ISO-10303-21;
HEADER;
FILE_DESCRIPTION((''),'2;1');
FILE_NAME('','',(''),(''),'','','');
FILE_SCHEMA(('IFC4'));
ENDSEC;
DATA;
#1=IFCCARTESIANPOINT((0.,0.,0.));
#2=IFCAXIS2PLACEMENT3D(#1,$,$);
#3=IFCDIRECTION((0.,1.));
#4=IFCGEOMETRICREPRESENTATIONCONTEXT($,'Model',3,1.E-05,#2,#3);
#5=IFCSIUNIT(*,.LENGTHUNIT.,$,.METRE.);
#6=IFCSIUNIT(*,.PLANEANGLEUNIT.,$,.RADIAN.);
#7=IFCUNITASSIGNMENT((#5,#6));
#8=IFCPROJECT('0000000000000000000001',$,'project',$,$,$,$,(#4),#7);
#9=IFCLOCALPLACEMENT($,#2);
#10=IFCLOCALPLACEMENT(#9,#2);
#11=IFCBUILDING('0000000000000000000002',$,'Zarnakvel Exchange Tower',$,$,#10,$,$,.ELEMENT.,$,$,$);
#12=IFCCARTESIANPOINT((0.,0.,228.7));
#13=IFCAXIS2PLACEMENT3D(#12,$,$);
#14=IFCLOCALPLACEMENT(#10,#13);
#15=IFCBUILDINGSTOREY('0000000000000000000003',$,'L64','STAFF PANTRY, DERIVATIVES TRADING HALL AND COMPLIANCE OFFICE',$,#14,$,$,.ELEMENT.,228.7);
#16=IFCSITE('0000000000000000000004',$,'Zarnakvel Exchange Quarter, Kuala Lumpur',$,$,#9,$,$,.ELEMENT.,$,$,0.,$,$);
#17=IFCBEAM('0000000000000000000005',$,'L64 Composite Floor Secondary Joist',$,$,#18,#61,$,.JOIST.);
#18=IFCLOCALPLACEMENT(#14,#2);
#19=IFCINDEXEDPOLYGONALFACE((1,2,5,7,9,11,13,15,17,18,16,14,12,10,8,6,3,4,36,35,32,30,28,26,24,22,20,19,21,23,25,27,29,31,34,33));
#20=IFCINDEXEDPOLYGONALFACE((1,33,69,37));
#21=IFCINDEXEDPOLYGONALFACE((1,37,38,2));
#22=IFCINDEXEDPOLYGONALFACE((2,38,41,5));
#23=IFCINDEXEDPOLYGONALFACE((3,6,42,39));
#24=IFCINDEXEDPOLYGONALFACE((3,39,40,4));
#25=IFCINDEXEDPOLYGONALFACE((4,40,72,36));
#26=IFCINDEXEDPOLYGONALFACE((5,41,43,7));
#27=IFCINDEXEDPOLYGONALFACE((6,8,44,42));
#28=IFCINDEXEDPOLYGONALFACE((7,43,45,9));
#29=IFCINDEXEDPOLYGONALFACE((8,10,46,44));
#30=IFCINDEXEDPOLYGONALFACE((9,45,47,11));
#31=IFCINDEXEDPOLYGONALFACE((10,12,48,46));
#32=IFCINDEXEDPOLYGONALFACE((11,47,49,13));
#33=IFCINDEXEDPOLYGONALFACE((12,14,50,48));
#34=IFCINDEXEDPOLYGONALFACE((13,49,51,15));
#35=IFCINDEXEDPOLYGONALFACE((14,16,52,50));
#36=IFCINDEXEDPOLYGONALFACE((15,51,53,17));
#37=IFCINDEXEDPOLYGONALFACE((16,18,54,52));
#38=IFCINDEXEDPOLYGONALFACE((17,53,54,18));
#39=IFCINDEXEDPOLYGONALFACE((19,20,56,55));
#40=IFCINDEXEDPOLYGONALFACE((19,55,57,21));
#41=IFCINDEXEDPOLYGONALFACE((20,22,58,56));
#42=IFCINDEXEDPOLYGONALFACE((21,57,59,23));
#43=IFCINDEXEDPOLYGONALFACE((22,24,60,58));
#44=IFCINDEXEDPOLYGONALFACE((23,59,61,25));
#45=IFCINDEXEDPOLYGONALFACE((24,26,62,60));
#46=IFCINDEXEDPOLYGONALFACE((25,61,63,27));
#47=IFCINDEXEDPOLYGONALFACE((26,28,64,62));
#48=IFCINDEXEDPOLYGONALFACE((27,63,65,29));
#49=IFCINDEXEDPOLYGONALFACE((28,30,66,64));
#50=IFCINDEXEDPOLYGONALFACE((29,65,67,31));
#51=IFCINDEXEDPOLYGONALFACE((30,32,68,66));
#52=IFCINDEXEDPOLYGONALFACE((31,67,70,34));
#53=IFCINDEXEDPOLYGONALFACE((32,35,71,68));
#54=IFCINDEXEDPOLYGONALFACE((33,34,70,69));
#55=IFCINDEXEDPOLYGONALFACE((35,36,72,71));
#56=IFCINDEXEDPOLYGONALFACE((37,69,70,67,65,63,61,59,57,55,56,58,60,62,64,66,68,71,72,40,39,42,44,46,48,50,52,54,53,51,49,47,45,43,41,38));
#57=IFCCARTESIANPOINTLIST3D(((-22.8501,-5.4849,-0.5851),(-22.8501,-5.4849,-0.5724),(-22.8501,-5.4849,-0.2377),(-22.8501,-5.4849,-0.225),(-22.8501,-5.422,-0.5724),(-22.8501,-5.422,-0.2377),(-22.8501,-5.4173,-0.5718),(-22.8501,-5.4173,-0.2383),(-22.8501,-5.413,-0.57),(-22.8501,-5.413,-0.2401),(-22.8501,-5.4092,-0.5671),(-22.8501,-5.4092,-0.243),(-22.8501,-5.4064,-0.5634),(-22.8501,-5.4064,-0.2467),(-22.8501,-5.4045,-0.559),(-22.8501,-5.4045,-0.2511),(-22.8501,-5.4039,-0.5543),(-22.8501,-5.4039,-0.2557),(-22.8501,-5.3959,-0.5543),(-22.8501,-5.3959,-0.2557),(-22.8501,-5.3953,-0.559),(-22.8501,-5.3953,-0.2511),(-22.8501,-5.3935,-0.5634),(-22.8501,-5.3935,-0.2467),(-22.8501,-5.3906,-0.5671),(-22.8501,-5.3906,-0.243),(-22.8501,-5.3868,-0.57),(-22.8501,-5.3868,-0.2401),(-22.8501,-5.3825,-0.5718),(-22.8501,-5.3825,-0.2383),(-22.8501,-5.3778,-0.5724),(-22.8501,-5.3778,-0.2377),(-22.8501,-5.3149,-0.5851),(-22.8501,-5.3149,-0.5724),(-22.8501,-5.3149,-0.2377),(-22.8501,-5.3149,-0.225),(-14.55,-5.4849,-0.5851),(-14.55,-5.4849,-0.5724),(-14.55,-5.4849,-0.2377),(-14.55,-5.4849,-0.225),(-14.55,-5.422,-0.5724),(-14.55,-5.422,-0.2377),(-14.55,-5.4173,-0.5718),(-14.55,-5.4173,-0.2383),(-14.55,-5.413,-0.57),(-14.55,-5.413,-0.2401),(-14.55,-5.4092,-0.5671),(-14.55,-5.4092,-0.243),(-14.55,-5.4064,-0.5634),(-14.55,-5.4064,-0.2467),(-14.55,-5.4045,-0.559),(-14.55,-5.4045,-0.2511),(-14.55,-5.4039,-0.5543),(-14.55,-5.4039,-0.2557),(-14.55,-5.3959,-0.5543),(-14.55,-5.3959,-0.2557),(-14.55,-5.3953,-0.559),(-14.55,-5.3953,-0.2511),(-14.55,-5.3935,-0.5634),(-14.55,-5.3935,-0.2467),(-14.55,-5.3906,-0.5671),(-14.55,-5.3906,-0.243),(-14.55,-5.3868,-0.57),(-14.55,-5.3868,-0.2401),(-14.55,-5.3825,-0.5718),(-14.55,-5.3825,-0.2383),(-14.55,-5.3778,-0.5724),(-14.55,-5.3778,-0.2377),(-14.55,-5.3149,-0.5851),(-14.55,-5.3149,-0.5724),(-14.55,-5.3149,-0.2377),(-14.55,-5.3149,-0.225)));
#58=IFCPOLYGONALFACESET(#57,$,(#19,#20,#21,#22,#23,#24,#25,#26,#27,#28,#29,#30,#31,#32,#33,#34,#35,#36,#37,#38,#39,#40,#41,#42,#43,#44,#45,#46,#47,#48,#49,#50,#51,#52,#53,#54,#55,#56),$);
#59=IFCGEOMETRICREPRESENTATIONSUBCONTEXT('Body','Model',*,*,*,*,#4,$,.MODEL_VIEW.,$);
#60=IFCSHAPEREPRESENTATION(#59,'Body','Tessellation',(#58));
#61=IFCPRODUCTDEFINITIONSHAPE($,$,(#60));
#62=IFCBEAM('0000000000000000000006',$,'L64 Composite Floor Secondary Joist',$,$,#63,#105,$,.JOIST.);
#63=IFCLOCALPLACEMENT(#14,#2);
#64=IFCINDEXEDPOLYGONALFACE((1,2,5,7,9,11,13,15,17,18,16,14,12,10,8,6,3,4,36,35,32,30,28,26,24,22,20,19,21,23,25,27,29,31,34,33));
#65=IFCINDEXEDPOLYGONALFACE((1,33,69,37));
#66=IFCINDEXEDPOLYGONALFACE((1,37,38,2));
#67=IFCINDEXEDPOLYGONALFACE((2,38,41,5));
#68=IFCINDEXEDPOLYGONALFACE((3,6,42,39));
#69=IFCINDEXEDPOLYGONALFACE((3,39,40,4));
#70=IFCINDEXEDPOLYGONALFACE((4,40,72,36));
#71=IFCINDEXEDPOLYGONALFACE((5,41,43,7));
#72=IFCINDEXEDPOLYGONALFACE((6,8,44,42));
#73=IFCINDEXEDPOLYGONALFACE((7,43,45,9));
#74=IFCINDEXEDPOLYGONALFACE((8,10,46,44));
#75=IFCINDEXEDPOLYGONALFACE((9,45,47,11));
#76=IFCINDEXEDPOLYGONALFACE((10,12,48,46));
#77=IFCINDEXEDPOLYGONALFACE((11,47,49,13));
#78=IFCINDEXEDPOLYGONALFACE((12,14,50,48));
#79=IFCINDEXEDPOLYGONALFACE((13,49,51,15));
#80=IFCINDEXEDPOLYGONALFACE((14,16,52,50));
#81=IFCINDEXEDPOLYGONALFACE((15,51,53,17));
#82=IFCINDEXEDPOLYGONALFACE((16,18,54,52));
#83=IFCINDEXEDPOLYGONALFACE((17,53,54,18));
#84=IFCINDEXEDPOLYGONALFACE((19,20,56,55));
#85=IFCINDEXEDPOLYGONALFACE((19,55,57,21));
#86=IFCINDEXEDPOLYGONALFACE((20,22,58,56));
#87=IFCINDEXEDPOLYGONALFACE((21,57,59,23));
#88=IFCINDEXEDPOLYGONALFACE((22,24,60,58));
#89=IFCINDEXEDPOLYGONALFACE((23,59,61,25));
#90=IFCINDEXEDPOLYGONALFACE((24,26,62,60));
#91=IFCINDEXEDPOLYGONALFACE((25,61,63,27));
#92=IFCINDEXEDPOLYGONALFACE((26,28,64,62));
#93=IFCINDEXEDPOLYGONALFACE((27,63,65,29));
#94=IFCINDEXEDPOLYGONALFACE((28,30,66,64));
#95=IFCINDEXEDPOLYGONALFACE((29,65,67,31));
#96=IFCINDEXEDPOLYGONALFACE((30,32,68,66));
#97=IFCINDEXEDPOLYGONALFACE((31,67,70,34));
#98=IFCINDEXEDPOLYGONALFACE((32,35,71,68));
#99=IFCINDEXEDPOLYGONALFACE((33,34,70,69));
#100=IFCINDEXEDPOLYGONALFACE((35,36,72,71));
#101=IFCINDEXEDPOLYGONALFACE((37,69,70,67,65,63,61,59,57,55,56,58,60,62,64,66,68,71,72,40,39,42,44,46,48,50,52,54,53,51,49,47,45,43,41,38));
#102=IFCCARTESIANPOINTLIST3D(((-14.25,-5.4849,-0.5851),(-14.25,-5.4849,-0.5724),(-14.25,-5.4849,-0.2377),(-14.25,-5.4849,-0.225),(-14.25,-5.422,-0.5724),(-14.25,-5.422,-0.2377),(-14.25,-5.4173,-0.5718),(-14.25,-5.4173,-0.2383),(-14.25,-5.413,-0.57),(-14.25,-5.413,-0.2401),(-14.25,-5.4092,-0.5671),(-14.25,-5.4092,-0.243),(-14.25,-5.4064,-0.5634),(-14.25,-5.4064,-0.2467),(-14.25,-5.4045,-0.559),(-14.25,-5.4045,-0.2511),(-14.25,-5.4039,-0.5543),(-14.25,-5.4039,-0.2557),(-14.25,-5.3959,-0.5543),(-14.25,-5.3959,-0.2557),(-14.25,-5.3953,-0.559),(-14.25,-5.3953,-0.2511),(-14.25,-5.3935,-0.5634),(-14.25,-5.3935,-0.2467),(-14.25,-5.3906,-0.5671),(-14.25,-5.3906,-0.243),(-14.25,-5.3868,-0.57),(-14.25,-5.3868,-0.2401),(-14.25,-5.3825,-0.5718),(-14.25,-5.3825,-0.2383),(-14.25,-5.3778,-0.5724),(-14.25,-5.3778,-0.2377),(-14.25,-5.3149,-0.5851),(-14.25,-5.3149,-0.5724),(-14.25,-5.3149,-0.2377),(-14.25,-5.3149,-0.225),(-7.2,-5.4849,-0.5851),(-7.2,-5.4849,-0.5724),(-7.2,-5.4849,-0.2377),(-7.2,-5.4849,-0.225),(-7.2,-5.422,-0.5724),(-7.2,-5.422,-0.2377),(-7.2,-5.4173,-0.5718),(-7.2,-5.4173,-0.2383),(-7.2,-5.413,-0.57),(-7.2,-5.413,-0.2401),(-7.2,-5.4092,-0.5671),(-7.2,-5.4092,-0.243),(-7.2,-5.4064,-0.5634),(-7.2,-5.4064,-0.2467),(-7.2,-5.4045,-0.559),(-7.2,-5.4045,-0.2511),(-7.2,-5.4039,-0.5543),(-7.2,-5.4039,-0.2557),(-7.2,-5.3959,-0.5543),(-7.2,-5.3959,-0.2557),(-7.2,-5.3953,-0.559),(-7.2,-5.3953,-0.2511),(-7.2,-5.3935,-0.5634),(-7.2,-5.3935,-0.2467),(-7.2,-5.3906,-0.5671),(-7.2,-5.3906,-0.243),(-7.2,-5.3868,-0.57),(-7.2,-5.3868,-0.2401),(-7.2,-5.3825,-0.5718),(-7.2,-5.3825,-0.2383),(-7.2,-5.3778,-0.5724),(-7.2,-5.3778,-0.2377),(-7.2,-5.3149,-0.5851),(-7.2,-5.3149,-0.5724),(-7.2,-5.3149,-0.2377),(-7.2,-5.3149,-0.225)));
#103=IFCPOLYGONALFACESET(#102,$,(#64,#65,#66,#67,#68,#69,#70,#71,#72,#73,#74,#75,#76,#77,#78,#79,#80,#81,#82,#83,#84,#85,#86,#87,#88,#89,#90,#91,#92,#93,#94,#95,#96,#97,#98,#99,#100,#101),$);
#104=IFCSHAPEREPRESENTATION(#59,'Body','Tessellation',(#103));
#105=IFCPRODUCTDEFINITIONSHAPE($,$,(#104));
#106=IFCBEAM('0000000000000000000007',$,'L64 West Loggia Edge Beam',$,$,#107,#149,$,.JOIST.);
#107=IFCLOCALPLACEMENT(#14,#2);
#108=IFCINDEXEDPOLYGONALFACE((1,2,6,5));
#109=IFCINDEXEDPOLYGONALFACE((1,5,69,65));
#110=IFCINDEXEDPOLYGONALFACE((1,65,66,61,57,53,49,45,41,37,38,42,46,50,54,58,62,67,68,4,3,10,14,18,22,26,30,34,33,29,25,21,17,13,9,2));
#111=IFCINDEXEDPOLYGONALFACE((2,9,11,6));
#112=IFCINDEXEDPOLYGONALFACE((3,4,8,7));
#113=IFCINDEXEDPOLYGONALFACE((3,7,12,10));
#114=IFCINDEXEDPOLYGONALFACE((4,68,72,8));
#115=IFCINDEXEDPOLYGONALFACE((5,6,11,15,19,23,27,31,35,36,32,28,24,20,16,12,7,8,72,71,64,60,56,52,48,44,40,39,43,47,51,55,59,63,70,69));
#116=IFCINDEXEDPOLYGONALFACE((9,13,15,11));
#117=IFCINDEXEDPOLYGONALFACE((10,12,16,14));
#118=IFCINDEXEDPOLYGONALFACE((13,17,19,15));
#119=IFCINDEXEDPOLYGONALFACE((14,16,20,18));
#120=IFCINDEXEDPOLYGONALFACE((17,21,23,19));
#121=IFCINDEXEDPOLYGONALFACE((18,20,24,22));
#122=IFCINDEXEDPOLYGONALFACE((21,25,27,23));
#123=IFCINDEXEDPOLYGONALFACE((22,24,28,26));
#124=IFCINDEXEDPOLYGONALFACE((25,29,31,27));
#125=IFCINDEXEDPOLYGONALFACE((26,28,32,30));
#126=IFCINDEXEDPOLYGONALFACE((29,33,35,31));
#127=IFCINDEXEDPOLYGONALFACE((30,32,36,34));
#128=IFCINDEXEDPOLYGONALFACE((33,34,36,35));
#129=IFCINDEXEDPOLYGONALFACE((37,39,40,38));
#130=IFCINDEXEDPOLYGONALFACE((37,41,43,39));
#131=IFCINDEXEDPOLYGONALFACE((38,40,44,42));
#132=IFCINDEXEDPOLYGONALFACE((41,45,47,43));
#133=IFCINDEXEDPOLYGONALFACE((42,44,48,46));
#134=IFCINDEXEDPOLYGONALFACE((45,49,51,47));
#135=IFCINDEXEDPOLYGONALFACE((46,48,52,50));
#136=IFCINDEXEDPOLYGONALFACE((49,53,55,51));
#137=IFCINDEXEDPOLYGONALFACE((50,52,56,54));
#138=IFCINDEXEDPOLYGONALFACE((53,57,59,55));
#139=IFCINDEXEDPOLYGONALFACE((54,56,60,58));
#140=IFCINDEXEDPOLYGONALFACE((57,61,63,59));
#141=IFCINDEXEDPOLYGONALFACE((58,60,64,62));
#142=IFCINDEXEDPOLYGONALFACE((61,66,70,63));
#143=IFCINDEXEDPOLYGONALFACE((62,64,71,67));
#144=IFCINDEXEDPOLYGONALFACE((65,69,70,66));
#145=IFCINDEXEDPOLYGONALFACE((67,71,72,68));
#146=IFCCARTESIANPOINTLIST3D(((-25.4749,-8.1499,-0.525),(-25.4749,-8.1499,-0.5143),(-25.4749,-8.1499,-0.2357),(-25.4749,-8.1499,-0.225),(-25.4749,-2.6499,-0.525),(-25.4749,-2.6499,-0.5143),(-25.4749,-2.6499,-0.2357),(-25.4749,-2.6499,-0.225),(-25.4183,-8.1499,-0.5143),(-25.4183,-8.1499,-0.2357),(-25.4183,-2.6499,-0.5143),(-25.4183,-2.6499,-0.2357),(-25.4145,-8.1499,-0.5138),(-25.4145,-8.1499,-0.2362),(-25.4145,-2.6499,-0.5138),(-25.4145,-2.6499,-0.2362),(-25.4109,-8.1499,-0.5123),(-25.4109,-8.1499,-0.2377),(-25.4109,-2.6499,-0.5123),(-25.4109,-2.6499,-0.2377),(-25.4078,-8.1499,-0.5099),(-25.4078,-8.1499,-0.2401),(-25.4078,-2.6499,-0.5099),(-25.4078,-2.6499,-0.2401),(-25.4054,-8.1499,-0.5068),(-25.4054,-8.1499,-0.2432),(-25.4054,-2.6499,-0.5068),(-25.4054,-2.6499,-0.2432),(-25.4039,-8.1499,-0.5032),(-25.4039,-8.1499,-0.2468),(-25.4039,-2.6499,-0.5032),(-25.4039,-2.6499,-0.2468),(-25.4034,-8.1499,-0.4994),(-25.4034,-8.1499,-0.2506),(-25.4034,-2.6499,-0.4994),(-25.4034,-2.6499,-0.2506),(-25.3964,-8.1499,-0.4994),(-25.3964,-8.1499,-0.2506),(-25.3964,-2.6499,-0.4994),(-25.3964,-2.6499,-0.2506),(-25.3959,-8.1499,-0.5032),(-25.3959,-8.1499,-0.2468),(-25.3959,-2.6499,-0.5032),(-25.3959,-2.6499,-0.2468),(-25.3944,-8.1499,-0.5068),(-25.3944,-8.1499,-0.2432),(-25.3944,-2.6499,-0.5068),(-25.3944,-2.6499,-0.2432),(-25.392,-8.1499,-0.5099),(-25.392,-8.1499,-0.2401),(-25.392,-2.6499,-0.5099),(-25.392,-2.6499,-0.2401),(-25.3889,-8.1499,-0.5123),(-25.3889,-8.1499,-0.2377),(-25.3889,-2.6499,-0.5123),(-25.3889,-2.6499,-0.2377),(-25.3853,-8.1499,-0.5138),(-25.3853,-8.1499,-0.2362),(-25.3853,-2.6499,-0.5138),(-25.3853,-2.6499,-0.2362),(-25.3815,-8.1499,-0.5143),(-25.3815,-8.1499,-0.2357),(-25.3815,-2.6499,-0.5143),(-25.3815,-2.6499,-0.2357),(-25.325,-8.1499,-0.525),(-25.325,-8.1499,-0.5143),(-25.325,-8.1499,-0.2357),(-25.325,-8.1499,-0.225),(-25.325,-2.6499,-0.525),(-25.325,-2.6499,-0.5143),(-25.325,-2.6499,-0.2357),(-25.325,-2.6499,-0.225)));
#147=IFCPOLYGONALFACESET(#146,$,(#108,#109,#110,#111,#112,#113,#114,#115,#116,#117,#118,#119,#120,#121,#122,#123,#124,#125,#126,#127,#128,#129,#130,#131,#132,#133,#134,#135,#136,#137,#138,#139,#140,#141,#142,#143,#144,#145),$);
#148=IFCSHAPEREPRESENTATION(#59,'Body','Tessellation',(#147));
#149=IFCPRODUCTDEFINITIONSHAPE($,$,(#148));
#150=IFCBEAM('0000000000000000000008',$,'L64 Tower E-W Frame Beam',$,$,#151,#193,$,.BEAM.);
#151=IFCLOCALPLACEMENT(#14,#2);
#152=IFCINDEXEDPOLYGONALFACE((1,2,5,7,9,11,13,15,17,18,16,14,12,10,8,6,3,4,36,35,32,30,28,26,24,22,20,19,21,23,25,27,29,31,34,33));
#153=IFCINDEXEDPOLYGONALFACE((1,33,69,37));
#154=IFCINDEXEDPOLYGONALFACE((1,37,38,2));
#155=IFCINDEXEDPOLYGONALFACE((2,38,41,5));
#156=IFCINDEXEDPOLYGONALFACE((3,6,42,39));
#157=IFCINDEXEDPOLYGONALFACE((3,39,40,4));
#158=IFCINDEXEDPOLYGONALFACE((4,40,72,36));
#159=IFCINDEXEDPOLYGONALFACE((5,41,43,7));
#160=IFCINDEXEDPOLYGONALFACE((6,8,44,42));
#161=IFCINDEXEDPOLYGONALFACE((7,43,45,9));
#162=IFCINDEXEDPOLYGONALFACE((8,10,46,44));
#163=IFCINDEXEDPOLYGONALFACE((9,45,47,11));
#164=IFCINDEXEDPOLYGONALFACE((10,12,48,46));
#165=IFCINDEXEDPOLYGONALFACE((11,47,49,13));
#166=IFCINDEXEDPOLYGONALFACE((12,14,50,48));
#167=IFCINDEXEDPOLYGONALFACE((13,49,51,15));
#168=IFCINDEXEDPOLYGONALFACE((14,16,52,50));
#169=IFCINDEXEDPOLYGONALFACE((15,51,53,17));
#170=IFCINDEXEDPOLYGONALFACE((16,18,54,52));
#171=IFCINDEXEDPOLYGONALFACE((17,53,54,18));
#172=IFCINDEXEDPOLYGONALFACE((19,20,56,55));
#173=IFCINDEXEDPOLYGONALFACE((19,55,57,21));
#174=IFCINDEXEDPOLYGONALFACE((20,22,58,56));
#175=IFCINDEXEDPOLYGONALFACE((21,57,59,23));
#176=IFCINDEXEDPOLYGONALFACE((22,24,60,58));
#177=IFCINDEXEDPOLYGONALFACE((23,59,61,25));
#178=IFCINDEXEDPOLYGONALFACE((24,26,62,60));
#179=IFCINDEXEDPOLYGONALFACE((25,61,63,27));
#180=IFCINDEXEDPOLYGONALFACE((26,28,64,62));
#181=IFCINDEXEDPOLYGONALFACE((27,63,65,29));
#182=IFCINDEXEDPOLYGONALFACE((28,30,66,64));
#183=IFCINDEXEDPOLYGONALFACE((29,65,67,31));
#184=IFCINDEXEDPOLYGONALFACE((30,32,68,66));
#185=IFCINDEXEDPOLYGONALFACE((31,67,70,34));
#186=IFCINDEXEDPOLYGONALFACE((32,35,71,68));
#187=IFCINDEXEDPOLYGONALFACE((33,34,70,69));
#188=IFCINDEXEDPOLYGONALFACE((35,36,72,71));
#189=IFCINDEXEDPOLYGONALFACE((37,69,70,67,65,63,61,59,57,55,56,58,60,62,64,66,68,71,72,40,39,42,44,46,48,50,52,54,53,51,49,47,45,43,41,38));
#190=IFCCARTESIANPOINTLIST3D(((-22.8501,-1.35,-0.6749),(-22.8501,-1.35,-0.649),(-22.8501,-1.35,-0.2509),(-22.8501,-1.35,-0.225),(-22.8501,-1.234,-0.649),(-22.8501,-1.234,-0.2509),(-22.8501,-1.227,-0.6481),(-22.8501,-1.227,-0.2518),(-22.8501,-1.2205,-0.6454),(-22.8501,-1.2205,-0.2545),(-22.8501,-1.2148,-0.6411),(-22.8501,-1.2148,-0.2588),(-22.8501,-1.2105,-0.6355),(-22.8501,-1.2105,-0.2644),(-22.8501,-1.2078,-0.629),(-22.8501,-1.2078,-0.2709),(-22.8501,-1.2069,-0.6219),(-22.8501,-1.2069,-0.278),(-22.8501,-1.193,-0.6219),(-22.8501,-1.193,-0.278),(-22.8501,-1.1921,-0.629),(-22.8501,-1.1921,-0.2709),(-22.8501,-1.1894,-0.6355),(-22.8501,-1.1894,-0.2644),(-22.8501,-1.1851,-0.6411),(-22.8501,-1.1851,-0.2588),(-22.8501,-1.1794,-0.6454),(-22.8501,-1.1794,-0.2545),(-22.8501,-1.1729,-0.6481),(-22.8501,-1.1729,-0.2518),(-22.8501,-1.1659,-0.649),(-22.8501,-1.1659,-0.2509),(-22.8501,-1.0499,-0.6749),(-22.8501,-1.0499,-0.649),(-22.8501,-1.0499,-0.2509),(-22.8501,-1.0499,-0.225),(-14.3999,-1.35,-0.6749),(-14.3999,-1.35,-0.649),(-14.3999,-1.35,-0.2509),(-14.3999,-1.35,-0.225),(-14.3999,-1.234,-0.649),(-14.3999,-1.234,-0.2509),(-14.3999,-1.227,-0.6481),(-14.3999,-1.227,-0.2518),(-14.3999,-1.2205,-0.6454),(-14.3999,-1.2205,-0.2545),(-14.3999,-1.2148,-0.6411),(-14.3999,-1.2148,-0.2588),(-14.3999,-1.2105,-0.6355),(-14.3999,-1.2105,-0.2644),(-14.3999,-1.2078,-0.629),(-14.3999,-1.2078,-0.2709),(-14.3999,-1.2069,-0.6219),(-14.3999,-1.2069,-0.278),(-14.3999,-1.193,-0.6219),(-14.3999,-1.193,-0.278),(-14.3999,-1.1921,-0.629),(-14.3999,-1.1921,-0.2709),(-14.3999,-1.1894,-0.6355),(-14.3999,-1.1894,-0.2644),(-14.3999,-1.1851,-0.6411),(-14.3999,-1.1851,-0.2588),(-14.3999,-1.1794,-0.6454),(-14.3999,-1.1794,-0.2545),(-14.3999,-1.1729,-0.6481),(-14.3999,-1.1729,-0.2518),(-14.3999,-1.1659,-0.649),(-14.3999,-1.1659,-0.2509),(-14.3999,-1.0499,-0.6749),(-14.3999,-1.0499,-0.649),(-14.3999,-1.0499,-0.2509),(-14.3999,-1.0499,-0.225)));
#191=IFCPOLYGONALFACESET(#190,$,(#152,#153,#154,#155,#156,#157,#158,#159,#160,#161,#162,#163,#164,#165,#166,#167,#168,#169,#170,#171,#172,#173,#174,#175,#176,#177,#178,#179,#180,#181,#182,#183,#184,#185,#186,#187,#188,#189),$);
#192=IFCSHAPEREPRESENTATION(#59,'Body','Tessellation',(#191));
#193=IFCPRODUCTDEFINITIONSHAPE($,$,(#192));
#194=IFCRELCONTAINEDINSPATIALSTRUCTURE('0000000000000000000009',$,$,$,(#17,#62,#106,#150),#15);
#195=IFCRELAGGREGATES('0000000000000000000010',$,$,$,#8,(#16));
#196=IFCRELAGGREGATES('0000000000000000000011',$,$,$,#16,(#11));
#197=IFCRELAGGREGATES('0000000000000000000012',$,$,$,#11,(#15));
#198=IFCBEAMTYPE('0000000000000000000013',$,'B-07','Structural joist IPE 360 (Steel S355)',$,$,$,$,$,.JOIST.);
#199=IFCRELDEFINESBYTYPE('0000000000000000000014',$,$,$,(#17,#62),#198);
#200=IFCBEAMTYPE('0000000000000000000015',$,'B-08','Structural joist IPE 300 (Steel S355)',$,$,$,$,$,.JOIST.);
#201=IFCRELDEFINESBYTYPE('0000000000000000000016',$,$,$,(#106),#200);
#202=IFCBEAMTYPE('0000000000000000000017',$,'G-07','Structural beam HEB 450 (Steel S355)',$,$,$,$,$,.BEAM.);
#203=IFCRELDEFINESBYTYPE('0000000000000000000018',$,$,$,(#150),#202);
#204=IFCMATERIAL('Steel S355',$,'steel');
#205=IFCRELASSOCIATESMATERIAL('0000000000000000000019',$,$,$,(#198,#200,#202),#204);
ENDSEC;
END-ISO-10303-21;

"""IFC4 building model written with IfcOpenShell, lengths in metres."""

from ifc_helpers import new_model, si_unit, direction, frame, origin, origin_2d, place, context, subcontext, project, spatial, i_section, extrude, material, material_profile, profile_set, type_object, element, save


model = new_model("IFC4")

# Units and contexts
model_context = context("Model", 3, precision=1e-05, world=origin(), true_north=direction((0.0, 1.0)))
body_context = subcontext(model_context, "Body", "Model", "MODEL_VIEW")
ifc_project = project(units=[si_unit("LENGTHUNIT", "METRE"), si_unit("PLANEANGLEUNIT", "RADIAN")], contexts=[model_context])

# Site, building, storey
site_placement = place(None, origin())
site = spatial("IfcSite", under=ifc_project, at=site_placement, Name="Zarnakvel Exchange Quarter, Kuala Lumpur", CompositionType="ELEMENT", RefElevation=0.0)
building_placement = place(site_placement, origin())
building = spatial("IfcBuilding", under=site, at=building_placement, Name="Zarnakvel Exchange Tower", CompositionType="ELEMENT")
storey_placement = place(building_placement, frame((0.0, 0.0, 228.7)))
storey = spatial("IfcBuildingStorey", under=building, at=storey_placement, Name="L64", Description="STAFF PANTRY, DERIVATIVES TRADING HALL AND COMPLIANCE OFFICE", CompositionType="ELEMENT", Elevation=228.7)

# Shared definitions
ifc_material_1 = material(Name="Steel S355", Category="steel")

# Beams
ifc_material_profile_1 = material_profile(ifc_material_1, i_section(OverallWidth=0.1699, OverallDepth=0.3601, WebThickness=0.0081, FlangeThickness=0.0127, FilletRadius=0.0181, at=origin_2d()))
ifc_profile_set_1 = profile_set([ifc_material_profile_1], Name="Steel S355")
beam_type_1 = type_object("IfcBeamType", Name="B-07", Description="Structural joist IPE 360 (Steel S355)", PredefinedType="JOIST", material=ifc_profile_set_1)
beam_1_placement = place(storey_placement, frame((-22.8501, -5.3999, -0.405), z_axis=(1.0, 0.0, 0.0), x_axis=(0.0, 1.0, 0.0)))
element("IfcBeam", 1, at=beam_1_placement, inside=storey, type_object=beam_type_1, Name="L64 Composite Floor Secondary Joist", PredefinedType="JOIST", context=body_context, shape_type="SweptSolid", body=[
    extrude(i_section(OverallWidth=0.1699, OverallDepth=0.3601, WebThickness=0.0081, FlangeThickness=0.0127, FilletRadius=0.0181, at=origin_2d()), origin(), (0.0, 0.0, 1.0), 8.3),
])
beam_2_placement = place(storey_placement, frame((-14.25, -5.3999, -0.405), z_axis=(1.0, 0.0, 0.0), x_axis=(0.0, 1.0, 0.0)))
element("IfcBeam", 2, at=beam_2_placement, inside=storey, type_object=beam_type_1, Name="L64 Composite Floor Secondary Joist", PredefinedType="JOIST", context=body_context, shape_type="SweptSolid", body=[
    extrude(i_section(OverallWidth=0.1699, OverallDepth=0.3601, WebThickness=0.0081, FlangeThickness=0.0127, FilletRadius=0.0181, at=origin_2d()), origin(), (0.0, 0.0, 1.0), 7.05),
])
ifc_material_profile_2 = material_profile(ifc_material_1, i_section(OverallWidth=0.1499, OverallDepth=0.3, WebThickness=0.0071, FlangeThickness=0.0107, FilletRadius=0.0149, at=origin_2d()))
ifc_profile_set_2 = profile_set([ifc_material_profile_2], Name="Steel S355")
beam_type_2 = type_object("IfcBeamType", Name="B-08", Description="Structural joist IPE 300 (Steel S355)", PredefinedType="JOIST", material=ifc_profile_set_2)
beam_3_placement = place(storey_placement, frame((-25.3999, -8.1499, -0.375), z_axis=(0.0, 1.0, 0.0), x_axis=(-1.0, 0.0, 0.0)))
element("IfcBeam", 3, at=beam_3_placement, inside=storey, type_object=beam_type_2, Name="L64 West Loggia Edge Beam", PredefinedType="JOIST", context=body_context, shape_type="SweptSolid", body=[
    extrude(i_section(OverallWidth=0.1499, OverallDepth=0.3, WebThickness=0.0071, FlangeThickness=0.0107, FilletRadius=0.0149, at=origin_2d()), origin(), (0.0, 0.0, 1.0), 5.5),
])
ifc_material_profile_3 = material_profile(ifc_material_1, i_section(OverallWidth=0.3, OverallDepth=0.45, WebThickness=0.0139, FlangeThickness=0.0259, FilletRadius=0.0271, at=origin_2d()))
ifc_profile_set_3 = profile_set([ifc_material_profile_3], Name="Steel S355")
beam_type_3 = type_object("IfcBeamType", Name="G-07", Description="Structural beam HEB 450 (Steel S355)", PredefinedType="BEAM", material=ifc_profile_set_3)
beam_4_placement = place(storey_placement, frame((-22.8501, -1.2, -0.45), z_axis=(1.0, 0.0, 0.0), x_axis=(0.0, 1.0, 0.0)))
element("IfcBeam", 4, at=beam_4_placement, inside=storey, type_object=beam_type_3, Name="L64 Tower E-W Frame Beam", PredefinedType="BEAM", context=body_context, shape_type="SweptSolid", body=[
    extrude(i_section(OverallWidth=0.3, OverallDepth=0.45, WebThickness=0.0139, FlangeThickness=0.0259, FilletRadius=0.0271, at=origin_2d()), origin(), (0.0, 0.0, 1.0), 8.4502),
])

save(model, "model.ifc")
